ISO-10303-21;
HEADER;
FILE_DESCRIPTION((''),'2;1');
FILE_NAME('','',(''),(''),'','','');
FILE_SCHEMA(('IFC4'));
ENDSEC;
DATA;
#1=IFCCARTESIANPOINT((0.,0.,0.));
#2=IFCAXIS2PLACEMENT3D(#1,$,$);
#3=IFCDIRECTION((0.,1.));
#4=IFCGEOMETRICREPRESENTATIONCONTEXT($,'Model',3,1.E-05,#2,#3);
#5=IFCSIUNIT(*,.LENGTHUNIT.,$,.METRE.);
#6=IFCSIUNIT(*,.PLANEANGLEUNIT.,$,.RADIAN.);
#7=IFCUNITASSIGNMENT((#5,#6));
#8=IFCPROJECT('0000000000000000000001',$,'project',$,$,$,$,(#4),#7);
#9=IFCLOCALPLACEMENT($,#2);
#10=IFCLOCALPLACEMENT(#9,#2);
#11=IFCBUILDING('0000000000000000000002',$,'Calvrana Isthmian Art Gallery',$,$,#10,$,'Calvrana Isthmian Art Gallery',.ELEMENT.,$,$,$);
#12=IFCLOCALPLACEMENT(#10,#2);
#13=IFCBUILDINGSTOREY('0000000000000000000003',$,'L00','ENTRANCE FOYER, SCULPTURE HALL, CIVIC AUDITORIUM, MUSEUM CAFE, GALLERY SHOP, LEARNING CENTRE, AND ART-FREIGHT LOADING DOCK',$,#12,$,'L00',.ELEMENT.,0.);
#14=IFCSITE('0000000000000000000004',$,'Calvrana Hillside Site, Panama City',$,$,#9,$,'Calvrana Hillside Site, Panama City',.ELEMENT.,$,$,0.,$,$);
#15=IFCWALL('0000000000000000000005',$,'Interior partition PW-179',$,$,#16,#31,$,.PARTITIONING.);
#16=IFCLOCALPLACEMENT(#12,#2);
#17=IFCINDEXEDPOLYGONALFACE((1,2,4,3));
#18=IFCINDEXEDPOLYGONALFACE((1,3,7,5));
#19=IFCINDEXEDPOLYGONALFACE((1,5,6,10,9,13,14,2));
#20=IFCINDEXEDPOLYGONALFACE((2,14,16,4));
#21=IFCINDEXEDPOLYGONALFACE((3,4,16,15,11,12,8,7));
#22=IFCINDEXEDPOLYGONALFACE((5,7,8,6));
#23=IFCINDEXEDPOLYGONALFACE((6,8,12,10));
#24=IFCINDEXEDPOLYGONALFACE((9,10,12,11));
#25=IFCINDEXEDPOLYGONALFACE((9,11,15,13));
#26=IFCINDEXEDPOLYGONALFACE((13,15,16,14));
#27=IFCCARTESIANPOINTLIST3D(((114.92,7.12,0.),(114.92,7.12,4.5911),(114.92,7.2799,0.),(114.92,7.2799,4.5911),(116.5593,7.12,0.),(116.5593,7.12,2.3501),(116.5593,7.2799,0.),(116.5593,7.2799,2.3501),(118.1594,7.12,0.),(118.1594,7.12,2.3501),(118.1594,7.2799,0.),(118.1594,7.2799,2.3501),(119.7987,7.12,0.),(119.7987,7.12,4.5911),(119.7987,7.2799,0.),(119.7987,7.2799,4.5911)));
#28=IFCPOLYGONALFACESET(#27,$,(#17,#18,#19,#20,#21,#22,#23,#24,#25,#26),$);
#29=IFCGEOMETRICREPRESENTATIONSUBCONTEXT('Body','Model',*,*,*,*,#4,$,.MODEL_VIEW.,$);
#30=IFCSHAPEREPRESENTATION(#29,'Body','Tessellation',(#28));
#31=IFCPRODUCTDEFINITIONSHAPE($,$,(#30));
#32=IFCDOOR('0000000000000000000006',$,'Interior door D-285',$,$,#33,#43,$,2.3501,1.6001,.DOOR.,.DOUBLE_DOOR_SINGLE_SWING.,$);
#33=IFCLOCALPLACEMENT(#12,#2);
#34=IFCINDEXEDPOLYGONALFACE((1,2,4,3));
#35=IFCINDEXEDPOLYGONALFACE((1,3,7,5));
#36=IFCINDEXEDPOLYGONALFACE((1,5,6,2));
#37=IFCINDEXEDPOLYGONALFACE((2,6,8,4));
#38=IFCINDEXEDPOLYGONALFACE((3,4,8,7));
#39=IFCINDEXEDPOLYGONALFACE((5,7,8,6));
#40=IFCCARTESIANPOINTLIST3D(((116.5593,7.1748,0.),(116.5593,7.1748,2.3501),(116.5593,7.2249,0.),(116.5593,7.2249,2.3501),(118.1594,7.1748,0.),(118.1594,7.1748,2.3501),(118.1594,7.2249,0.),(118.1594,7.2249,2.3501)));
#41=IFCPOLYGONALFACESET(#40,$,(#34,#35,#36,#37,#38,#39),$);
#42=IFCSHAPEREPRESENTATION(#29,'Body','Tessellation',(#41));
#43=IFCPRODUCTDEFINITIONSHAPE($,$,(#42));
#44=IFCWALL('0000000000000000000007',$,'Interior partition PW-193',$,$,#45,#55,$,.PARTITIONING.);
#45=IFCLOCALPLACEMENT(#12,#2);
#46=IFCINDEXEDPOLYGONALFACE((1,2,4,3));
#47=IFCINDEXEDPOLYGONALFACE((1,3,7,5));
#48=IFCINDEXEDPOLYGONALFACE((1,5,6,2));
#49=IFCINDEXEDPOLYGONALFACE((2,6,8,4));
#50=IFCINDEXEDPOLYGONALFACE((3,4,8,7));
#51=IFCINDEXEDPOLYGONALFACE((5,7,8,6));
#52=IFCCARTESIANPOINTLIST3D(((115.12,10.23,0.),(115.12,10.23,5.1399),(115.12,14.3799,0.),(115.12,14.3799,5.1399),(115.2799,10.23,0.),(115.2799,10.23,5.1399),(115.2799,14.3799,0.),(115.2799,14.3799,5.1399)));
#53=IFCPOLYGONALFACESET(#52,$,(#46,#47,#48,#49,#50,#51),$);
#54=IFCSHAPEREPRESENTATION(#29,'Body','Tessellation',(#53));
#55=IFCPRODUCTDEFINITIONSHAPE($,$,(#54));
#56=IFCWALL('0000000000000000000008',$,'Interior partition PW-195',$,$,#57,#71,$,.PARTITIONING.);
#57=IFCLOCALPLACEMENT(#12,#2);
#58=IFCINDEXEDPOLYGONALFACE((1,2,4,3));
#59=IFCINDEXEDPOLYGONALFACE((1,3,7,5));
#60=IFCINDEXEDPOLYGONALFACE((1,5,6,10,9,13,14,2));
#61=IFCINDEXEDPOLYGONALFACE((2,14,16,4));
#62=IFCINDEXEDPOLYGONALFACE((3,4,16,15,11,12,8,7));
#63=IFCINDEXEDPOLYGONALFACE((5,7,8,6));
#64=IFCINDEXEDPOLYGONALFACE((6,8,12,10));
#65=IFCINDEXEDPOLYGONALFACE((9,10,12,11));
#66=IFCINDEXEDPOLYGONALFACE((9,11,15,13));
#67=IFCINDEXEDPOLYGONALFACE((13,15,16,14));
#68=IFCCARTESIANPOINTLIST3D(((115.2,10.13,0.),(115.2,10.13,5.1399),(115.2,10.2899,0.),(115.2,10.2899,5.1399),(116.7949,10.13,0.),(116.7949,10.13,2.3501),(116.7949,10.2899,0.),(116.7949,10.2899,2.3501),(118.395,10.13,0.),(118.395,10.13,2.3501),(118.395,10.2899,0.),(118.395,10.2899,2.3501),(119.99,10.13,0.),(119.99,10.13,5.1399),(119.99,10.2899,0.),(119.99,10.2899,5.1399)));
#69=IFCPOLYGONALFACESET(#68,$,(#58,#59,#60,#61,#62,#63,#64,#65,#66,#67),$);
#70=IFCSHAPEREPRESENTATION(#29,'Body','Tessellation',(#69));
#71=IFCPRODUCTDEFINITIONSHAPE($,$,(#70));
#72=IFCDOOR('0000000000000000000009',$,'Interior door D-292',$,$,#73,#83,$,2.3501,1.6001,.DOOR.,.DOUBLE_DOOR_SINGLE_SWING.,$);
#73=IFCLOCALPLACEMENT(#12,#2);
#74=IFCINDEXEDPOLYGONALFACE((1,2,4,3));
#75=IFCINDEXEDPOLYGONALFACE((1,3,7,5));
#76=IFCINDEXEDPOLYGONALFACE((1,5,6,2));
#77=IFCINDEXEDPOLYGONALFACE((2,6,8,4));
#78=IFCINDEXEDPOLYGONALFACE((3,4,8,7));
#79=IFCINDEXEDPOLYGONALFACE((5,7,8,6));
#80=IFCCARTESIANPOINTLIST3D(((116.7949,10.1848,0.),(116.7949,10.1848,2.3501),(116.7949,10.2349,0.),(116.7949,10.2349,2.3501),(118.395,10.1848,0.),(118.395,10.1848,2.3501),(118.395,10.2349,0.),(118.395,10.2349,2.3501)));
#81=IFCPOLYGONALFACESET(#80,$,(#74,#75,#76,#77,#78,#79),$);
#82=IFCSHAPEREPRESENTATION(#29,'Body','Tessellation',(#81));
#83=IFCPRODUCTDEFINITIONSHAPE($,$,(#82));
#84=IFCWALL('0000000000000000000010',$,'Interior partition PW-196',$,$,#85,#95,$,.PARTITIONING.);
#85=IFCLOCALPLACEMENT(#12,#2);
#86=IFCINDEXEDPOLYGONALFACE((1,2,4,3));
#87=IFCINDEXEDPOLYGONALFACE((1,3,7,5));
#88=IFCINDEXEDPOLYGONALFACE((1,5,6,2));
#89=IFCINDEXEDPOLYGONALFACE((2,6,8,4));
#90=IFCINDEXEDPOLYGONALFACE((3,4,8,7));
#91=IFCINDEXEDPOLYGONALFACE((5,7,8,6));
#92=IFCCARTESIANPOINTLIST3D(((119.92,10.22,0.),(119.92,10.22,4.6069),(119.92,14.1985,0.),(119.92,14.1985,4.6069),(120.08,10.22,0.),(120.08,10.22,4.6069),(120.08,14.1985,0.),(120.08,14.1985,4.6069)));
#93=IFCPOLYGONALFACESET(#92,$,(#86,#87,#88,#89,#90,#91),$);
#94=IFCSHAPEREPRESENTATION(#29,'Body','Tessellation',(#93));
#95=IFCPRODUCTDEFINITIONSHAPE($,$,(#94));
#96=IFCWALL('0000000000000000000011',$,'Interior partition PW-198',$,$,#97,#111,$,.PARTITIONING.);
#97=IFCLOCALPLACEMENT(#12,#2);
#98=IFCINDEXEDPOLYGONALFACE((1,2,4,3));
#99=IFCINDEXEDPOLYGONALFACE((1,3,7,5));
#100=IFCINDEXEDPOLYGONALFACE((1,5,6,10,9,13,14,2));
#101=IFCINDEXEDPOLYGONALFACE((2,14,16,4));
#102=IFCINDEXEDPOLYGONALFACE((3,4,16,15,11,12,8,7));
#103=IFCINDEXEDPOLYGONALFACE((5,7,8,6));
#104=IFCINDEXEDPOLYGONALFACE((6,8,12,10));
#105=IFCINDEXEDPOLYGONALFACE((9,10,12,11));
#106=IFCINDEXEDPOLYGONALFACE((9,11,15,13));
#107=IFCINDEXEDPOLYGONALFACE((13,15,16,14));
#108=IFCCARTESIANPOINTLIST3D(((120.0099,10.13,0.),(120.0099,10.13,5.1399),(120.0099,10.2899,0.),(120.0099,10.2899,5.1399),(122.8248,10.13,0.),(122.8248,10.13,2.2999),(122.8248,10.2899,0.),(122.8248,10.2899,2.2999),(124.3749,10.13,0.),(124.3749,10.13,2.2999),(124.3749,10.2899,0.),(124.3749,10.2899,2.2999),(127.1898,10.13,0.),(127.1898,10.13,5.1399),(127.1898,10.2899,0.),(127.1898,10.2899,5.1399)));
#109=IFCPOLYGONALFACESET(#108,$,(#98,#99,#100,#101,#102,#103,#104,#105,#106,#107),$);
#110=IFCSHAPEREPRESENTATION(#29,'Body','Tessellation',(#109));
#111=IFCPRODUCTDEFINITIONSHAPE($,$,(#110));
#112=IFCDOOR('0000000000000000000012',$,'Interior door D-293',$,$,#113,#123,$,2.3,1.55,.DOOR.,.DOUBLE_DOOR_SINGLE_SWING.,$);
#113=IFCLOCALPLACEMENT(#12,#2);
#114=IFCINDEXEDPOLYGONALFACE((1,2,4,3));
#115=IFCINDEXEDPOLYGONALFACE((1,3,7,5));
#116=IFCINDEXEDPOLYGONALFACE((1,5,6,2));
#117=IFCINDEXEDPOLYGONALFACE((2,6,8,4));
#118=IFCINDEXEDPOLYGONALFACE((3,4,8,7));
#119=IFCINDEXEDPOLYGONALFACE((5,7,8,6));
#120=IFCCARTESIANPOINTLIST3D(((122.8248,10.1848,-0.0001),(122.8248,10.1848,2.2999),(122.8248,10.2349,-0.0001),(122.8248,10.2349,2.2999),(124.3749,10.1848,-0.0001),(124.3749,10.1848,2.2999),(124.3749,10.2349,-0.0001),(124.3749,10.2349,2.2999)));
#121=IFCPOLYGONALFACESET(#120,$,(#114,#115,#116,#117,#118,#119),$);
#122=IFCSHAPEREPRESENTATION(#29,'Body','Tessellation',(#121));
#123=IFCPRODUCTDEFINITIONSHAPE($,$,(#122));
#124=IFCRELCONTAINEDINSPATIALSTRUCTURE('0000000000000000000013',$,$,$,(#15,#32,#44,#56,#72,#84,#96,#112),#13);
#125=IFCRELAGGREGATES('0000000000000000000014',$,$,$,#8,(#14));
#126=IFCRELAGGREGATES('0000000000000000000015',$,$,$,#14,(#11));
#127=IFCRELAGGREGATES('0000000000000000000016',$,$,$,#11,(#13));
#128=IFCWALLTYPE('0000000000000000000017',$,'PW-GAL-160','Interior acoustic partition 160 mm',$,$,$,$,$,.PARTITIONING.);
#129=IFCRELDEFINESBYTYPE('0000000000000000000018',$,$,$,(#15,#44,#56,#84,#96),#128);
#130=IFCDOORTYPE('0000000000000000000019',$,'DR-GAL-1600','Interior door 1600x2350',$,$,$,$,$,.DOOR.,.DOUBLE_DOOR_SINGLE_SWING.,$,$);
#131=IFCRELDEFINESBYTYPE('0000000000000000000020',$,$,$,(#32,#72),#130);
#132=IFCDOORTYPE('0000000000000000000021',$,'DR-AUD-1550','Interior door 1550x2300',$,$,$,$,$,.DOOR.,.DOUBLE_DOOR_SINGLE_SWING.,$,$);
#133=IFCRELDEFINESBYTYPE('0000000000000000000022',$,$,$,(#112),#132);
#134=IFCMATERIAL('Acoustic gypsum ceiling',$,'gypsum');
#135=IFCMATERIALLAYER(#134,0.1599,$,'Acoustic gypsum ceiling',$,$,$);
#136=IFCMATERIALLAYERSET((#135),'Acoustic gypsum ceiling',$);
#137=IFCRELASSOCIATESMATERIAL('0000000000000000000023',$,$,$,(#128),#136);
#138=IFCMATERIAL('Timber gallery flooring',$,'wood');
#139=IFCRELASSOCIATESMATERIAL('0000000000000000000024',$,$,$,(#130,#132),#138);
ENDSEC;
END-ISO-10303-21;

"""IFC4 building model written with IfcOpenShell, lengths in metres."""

from ifc_helpers import new_model, si_unit, direction, frame, frame_2d, origin, place, context, subcontext, project, spatial, rectangle, extrude, material, layer, layer_set, type_object, element, fill, save


model = new_model("IFC4")

# Units and contexts
model_context = context("Model", 3, precision=1e-05, world=origin(), true_north=direction((0.0, 1.0)))
body_context = subcontext(model_context, "Body", "Model", "MODEL_VIEW")
ifc_project = project(units=[si_unit("LENGTHUNIT", "METRE"), si_unit("PLANEANGLEUNIT", "RADIAN")], contexts=[model_context])

# Site, building, storey
site_placement = place(None, origin())
site = spatial("IfcSite", under=ifc_project, at=site_placement, Name="Calvrana Hillside Site, Panama City", LongName="Calvrana Hillside Site, Panama City", CompositionType="ELEMENT", RefElevation=0.0)
building_placement = place(site_placement, origin())
building = spatial("IfcBuilding", under=site, at=building_placement, Name="Calvrana Isthmian Art Gallery", LongName="Calvrana Isthmian Art Gallery", CompositionType="ELEMENT")
storey_placement = place(building_placement, origin())
storey = spatial("IfcBuildingStorey", under=building, at=storey_placement, Name="L00", Description="ENTRANCE FOYER, SCULPTURE HALL, CIVIC AUDITORIUM, MUSEUM CAFE, GALLERY SHOP, LEARNING CENTRE, AND ART-FREIGHT LOADING DOCK", LongName="L00", CompositionType="ELEMENT", Elevation=0.0)

# Shared definitions
ifc_material_1 = material(Name="Acoustic gypsum ceiling", Category="gypsum")
ifc_layer_1 = layer(ifc_material_1, 0.1599, Name="Acoustic gypsum ceiling")
ifc_layer_set_1 = layer_set([ifc_layer_1], Name="Acoustic gypsum ceiling")
wall_type_1 = type_object("IfcWallType", Name="PW-GAL-160", Description="Interior acoustic partition 160 mm", PredefinedType="PARTITIONING", material=ifc_layer_set_1)

# Wall, opening, door
wall_1_placement = place(storey_placement, frame((114.9199, 7.2, 0.0), z_axis=(0.0, 0.0, 1.0), x_axis=(1.0, 0.0, 0.0)))
wall_1 = element("IfcWall", 1, at=wall_1_placement, inside=storey, type_object=wall_type_1, Name="Interior partition PW-179", PredefinedType="PARTITIONING", context=body_context, shape_type="SweptSolid", body=[
    extrude(rectangle(XDim=4.8787, YDim=0.1599, at=frame_2d((2.4395, 0.0))), origin(), (0.0, 0.0, 1.0), 4.5911),
])
opening_1_placement = place(wall_1_placement, frame((1.6394, 0.0, 0.0)))
opening_1 = element("IfcOpeningElement", 2, at=opening_1_placement, cuts=wall_1, PredefinedType="OPENING", context=body_context, shape_type="SweptSolid", body=[
    extrude(rectangle(XDim=1.6001, YDim=2.3501, at=frame_2d((0.8, 1.175))), frame((0.0, 0.0903, 0.0), z_axis=(0.0, -1.0, 0.0), x_axis=(1.0, 0.0, 0.0)), (0.0, 0.0, 1.0), 0.1804),
])
ifc_material_2 = material(Name="Timber gallery flooring", Category="wood")
door_type_1 = type_object("IfcDoorType", Name="DR-GAL-1600", Description="Interior door 1600x2350", OperationType="DOUBLE_DOOR_SINGLE_SWING", PredefinedType="DOOR", material=ifc_material_2)
door_1_placement = place(opening_1_placement, origin())
door_1 = element("IfcDoor", 3, at=door_1_placement, inside=storey, type_object=door_type_1, Name="Interior door D-285", OperationType="DOUBLE_DOOR_SINGLE_SWING", OverallHeight=2.3501, OverallWidth=1.6001, PredefinedType="DOOR", context=body_context, shape_type="SweptSolid", body=[
    extrude(rectangle(XDim=1.6001, YDim=2.3501, at=frame_2d((0.8, 1.175))), frame((0.0, 0.0249, 0.0), z_axis=(0.0, -1.0, 0.0), x_axis=(1.0, 0.0, 0.0)), (0.0, 0.0, 1.0), 0.05),
])
fill(opening_1, door_1)

# Wall
wall_2_placement = place(storey_placement, frame((115.2, 10.23, 0.0), z_axis=(0.0, 0.0, 1.0), x_axis=(0.0, 1.0, 0.0)))
element("IfcWall", 4, at=wall_2_placement, inside=storey, type_object=wall_type_1, Name="Interior partition PW-193", PredefinedType="PARTITIONING", context=body_context, shape_type="SweptSolid", body=[
    extrude(rectangle(XDim=4.1499, YDim=0.1599, at=frame_2d((2.075, 0.0))), origin(), (0.0, 0.0, 1.0), 5.1399),
])

# Wall, opening, door
wall_3_placement = place(storey_placement, frame((115.2, 10.21, 0.0), z_axis=(0.0, 0.0, 1.0), x_axis=(1.0, 0.0, 0.0)))
wall_3 = element("IfcWall", 5, at=wall_3_placement, inside=storey, type_object=wall_type_1, Name="Interior partition PW-195", PredefinedType="PARTITIONING", context=body_context, shape_type="SweptSolid", body=[
    extrude(rectangle(XDim=4.79, YDim=0.1599, at=frame_2d((2.395, 0.0))), origin(), (0.0, 0.0, 1.0), 5.1399),
])
opening_2_placement = place(wall_3_placement, frame((1.595, 0.0, 0.0)))
opening_2 = element("IfcOpeningElement", 6, at=opening_2_placement, cuts=wall_3, PredefinedType="OPENING", context=body_context, shape_type="SweptSolid", body=[
    extrude(rectangle(XDim=1.6001, YDim=2.3501, at=frame_2d((0.8, 1.175))), frame((0.0, 0.0903, 0.0), z_axis=(0.0, -1.0, 0.0), x_axis=(1.0, 0.0, 0.0)), (0.0, 0.0, 1.0), 0.1804),
])
door_2_placement = place(opening_2_placement, origin())
door_2 = element("IfcDoor", 7, at=door_2_placement, inside=storey, type_object=door_type_1, Name="Interior door D-292", OperationType="DOUBLE_DOOR_SINGLE_SWING", OverallHeight=2.3501, OverallWidth=1.6001, PredefinedType="DOOR", context=body_context, shape_type="SweptSolid", body=[
    extrude(rectangle(XDim=1.6001, YDim=2.3501, at=frame_2d((0.8, 1.175))), frame((0.0, 0.0249, 0.0), z_axis=(0.0, -1.0, 0.0), x_axis=(1.0, 0.0, 0.0)), (0.0, 0.0, 1.0), 0.05),
])
fill(opening_2, door_2)

# Wall
wall_4_placement = place(storey_placement, frame((120.0, 10.22, 0.0), z_axis=(0.0, 0.0, 1.0), x_axis=(0.0, 1.0, 0.0)))
element("IfcWall", 8, at=wall_4_placement, inside=storey, type_object=wall_type_1, Name="Interior partition PW-196", PredefinedType="PARTITIONING", context=body_context, shape_type="SweptSolid", body=[
    extrude(rectangle(XDim=3.9785, YDim=0.1599, at=frame_2d((1.9893, 0.0))), origin(), (0.0, 0.0, 1.0), 4.6069),
])

# Wall, opening, door
wall_5_placement = place(storey_placement, frame((120.01, 10.21, 0.0), z_axis=(0.0, 0.0, 1.0), x_axis=(1.0, 0.0, 0.0)))
wall_5 = element("IfcWall", 9, at=wall_5_placement, inside=storey, type_object=wall_type_1, Name="Interior partition PW-198", PredefinedType="PARTITIONING", context=body_context, shape_type="SweptSolid", body=[
    extrude(rectangle(XDim=7.1799, YDim=0.1599, at=frame_2d((3.5898, 0.0))), origin(), (0.0, 0.0, 1.0), 5.1399),
])
opening_3_placement = place(wall_5_placement, frame((2.8149, 0.0, 0.0)))
opening_3 = element("IfcOpeningElement", 10, at=opening_3_placement, cuts=wall_5, PredefinedType="OPENING", context=body_context, shape_type="SweptSolid", body=[
    extrude(rectangle(XDim=1.55, YDim=2.3, at=frame_2d((0.7749, 1.1499))), frame((0.0, 0.0903, 0.0), z_axis=(0.0, -1.0, 0.0), x_axis=(1.0, 0.0, 0.0)), (0.0, 0.0, 1.0), 0.1804),
])
door_type_2 = type_object("IfcDoorType", Name="DR-AUD-1550", Description="Interior door 1550x2300", OperationType="DOUBLE_DOOR_SINGLE_SWING", PredefinedType="DOOR", material=ifc_material_2)
door_3_placement = place(opening_3_placement, origin())
door_3 = element("IfcDoor", 11, at=door_3_placement, inside=storey, type_object=door_type_2, Name="Interior door D-293", OperationType="DOUBLE_DOOR_SINGLE_SWING", OverallHeight=2.3, OverallWidth=1.55, PredefinedType="DOOR", context=body_context, shape_type="SweptSolid", body=[
    extrude(rectangle(XDim=1.55, YDim=2.3, at=frame_2d((0.7749, 1.1499))), frame((0.0, 0.0249, 0.0), z_axis=(0.0, -1.0, 0.0), x_axis=(1.0, 0.0, 0.0)), (0.0, 0.0, 1.0), 0.05),
])
fill(opening_3, door_3)

save(model, "model.ifc")
